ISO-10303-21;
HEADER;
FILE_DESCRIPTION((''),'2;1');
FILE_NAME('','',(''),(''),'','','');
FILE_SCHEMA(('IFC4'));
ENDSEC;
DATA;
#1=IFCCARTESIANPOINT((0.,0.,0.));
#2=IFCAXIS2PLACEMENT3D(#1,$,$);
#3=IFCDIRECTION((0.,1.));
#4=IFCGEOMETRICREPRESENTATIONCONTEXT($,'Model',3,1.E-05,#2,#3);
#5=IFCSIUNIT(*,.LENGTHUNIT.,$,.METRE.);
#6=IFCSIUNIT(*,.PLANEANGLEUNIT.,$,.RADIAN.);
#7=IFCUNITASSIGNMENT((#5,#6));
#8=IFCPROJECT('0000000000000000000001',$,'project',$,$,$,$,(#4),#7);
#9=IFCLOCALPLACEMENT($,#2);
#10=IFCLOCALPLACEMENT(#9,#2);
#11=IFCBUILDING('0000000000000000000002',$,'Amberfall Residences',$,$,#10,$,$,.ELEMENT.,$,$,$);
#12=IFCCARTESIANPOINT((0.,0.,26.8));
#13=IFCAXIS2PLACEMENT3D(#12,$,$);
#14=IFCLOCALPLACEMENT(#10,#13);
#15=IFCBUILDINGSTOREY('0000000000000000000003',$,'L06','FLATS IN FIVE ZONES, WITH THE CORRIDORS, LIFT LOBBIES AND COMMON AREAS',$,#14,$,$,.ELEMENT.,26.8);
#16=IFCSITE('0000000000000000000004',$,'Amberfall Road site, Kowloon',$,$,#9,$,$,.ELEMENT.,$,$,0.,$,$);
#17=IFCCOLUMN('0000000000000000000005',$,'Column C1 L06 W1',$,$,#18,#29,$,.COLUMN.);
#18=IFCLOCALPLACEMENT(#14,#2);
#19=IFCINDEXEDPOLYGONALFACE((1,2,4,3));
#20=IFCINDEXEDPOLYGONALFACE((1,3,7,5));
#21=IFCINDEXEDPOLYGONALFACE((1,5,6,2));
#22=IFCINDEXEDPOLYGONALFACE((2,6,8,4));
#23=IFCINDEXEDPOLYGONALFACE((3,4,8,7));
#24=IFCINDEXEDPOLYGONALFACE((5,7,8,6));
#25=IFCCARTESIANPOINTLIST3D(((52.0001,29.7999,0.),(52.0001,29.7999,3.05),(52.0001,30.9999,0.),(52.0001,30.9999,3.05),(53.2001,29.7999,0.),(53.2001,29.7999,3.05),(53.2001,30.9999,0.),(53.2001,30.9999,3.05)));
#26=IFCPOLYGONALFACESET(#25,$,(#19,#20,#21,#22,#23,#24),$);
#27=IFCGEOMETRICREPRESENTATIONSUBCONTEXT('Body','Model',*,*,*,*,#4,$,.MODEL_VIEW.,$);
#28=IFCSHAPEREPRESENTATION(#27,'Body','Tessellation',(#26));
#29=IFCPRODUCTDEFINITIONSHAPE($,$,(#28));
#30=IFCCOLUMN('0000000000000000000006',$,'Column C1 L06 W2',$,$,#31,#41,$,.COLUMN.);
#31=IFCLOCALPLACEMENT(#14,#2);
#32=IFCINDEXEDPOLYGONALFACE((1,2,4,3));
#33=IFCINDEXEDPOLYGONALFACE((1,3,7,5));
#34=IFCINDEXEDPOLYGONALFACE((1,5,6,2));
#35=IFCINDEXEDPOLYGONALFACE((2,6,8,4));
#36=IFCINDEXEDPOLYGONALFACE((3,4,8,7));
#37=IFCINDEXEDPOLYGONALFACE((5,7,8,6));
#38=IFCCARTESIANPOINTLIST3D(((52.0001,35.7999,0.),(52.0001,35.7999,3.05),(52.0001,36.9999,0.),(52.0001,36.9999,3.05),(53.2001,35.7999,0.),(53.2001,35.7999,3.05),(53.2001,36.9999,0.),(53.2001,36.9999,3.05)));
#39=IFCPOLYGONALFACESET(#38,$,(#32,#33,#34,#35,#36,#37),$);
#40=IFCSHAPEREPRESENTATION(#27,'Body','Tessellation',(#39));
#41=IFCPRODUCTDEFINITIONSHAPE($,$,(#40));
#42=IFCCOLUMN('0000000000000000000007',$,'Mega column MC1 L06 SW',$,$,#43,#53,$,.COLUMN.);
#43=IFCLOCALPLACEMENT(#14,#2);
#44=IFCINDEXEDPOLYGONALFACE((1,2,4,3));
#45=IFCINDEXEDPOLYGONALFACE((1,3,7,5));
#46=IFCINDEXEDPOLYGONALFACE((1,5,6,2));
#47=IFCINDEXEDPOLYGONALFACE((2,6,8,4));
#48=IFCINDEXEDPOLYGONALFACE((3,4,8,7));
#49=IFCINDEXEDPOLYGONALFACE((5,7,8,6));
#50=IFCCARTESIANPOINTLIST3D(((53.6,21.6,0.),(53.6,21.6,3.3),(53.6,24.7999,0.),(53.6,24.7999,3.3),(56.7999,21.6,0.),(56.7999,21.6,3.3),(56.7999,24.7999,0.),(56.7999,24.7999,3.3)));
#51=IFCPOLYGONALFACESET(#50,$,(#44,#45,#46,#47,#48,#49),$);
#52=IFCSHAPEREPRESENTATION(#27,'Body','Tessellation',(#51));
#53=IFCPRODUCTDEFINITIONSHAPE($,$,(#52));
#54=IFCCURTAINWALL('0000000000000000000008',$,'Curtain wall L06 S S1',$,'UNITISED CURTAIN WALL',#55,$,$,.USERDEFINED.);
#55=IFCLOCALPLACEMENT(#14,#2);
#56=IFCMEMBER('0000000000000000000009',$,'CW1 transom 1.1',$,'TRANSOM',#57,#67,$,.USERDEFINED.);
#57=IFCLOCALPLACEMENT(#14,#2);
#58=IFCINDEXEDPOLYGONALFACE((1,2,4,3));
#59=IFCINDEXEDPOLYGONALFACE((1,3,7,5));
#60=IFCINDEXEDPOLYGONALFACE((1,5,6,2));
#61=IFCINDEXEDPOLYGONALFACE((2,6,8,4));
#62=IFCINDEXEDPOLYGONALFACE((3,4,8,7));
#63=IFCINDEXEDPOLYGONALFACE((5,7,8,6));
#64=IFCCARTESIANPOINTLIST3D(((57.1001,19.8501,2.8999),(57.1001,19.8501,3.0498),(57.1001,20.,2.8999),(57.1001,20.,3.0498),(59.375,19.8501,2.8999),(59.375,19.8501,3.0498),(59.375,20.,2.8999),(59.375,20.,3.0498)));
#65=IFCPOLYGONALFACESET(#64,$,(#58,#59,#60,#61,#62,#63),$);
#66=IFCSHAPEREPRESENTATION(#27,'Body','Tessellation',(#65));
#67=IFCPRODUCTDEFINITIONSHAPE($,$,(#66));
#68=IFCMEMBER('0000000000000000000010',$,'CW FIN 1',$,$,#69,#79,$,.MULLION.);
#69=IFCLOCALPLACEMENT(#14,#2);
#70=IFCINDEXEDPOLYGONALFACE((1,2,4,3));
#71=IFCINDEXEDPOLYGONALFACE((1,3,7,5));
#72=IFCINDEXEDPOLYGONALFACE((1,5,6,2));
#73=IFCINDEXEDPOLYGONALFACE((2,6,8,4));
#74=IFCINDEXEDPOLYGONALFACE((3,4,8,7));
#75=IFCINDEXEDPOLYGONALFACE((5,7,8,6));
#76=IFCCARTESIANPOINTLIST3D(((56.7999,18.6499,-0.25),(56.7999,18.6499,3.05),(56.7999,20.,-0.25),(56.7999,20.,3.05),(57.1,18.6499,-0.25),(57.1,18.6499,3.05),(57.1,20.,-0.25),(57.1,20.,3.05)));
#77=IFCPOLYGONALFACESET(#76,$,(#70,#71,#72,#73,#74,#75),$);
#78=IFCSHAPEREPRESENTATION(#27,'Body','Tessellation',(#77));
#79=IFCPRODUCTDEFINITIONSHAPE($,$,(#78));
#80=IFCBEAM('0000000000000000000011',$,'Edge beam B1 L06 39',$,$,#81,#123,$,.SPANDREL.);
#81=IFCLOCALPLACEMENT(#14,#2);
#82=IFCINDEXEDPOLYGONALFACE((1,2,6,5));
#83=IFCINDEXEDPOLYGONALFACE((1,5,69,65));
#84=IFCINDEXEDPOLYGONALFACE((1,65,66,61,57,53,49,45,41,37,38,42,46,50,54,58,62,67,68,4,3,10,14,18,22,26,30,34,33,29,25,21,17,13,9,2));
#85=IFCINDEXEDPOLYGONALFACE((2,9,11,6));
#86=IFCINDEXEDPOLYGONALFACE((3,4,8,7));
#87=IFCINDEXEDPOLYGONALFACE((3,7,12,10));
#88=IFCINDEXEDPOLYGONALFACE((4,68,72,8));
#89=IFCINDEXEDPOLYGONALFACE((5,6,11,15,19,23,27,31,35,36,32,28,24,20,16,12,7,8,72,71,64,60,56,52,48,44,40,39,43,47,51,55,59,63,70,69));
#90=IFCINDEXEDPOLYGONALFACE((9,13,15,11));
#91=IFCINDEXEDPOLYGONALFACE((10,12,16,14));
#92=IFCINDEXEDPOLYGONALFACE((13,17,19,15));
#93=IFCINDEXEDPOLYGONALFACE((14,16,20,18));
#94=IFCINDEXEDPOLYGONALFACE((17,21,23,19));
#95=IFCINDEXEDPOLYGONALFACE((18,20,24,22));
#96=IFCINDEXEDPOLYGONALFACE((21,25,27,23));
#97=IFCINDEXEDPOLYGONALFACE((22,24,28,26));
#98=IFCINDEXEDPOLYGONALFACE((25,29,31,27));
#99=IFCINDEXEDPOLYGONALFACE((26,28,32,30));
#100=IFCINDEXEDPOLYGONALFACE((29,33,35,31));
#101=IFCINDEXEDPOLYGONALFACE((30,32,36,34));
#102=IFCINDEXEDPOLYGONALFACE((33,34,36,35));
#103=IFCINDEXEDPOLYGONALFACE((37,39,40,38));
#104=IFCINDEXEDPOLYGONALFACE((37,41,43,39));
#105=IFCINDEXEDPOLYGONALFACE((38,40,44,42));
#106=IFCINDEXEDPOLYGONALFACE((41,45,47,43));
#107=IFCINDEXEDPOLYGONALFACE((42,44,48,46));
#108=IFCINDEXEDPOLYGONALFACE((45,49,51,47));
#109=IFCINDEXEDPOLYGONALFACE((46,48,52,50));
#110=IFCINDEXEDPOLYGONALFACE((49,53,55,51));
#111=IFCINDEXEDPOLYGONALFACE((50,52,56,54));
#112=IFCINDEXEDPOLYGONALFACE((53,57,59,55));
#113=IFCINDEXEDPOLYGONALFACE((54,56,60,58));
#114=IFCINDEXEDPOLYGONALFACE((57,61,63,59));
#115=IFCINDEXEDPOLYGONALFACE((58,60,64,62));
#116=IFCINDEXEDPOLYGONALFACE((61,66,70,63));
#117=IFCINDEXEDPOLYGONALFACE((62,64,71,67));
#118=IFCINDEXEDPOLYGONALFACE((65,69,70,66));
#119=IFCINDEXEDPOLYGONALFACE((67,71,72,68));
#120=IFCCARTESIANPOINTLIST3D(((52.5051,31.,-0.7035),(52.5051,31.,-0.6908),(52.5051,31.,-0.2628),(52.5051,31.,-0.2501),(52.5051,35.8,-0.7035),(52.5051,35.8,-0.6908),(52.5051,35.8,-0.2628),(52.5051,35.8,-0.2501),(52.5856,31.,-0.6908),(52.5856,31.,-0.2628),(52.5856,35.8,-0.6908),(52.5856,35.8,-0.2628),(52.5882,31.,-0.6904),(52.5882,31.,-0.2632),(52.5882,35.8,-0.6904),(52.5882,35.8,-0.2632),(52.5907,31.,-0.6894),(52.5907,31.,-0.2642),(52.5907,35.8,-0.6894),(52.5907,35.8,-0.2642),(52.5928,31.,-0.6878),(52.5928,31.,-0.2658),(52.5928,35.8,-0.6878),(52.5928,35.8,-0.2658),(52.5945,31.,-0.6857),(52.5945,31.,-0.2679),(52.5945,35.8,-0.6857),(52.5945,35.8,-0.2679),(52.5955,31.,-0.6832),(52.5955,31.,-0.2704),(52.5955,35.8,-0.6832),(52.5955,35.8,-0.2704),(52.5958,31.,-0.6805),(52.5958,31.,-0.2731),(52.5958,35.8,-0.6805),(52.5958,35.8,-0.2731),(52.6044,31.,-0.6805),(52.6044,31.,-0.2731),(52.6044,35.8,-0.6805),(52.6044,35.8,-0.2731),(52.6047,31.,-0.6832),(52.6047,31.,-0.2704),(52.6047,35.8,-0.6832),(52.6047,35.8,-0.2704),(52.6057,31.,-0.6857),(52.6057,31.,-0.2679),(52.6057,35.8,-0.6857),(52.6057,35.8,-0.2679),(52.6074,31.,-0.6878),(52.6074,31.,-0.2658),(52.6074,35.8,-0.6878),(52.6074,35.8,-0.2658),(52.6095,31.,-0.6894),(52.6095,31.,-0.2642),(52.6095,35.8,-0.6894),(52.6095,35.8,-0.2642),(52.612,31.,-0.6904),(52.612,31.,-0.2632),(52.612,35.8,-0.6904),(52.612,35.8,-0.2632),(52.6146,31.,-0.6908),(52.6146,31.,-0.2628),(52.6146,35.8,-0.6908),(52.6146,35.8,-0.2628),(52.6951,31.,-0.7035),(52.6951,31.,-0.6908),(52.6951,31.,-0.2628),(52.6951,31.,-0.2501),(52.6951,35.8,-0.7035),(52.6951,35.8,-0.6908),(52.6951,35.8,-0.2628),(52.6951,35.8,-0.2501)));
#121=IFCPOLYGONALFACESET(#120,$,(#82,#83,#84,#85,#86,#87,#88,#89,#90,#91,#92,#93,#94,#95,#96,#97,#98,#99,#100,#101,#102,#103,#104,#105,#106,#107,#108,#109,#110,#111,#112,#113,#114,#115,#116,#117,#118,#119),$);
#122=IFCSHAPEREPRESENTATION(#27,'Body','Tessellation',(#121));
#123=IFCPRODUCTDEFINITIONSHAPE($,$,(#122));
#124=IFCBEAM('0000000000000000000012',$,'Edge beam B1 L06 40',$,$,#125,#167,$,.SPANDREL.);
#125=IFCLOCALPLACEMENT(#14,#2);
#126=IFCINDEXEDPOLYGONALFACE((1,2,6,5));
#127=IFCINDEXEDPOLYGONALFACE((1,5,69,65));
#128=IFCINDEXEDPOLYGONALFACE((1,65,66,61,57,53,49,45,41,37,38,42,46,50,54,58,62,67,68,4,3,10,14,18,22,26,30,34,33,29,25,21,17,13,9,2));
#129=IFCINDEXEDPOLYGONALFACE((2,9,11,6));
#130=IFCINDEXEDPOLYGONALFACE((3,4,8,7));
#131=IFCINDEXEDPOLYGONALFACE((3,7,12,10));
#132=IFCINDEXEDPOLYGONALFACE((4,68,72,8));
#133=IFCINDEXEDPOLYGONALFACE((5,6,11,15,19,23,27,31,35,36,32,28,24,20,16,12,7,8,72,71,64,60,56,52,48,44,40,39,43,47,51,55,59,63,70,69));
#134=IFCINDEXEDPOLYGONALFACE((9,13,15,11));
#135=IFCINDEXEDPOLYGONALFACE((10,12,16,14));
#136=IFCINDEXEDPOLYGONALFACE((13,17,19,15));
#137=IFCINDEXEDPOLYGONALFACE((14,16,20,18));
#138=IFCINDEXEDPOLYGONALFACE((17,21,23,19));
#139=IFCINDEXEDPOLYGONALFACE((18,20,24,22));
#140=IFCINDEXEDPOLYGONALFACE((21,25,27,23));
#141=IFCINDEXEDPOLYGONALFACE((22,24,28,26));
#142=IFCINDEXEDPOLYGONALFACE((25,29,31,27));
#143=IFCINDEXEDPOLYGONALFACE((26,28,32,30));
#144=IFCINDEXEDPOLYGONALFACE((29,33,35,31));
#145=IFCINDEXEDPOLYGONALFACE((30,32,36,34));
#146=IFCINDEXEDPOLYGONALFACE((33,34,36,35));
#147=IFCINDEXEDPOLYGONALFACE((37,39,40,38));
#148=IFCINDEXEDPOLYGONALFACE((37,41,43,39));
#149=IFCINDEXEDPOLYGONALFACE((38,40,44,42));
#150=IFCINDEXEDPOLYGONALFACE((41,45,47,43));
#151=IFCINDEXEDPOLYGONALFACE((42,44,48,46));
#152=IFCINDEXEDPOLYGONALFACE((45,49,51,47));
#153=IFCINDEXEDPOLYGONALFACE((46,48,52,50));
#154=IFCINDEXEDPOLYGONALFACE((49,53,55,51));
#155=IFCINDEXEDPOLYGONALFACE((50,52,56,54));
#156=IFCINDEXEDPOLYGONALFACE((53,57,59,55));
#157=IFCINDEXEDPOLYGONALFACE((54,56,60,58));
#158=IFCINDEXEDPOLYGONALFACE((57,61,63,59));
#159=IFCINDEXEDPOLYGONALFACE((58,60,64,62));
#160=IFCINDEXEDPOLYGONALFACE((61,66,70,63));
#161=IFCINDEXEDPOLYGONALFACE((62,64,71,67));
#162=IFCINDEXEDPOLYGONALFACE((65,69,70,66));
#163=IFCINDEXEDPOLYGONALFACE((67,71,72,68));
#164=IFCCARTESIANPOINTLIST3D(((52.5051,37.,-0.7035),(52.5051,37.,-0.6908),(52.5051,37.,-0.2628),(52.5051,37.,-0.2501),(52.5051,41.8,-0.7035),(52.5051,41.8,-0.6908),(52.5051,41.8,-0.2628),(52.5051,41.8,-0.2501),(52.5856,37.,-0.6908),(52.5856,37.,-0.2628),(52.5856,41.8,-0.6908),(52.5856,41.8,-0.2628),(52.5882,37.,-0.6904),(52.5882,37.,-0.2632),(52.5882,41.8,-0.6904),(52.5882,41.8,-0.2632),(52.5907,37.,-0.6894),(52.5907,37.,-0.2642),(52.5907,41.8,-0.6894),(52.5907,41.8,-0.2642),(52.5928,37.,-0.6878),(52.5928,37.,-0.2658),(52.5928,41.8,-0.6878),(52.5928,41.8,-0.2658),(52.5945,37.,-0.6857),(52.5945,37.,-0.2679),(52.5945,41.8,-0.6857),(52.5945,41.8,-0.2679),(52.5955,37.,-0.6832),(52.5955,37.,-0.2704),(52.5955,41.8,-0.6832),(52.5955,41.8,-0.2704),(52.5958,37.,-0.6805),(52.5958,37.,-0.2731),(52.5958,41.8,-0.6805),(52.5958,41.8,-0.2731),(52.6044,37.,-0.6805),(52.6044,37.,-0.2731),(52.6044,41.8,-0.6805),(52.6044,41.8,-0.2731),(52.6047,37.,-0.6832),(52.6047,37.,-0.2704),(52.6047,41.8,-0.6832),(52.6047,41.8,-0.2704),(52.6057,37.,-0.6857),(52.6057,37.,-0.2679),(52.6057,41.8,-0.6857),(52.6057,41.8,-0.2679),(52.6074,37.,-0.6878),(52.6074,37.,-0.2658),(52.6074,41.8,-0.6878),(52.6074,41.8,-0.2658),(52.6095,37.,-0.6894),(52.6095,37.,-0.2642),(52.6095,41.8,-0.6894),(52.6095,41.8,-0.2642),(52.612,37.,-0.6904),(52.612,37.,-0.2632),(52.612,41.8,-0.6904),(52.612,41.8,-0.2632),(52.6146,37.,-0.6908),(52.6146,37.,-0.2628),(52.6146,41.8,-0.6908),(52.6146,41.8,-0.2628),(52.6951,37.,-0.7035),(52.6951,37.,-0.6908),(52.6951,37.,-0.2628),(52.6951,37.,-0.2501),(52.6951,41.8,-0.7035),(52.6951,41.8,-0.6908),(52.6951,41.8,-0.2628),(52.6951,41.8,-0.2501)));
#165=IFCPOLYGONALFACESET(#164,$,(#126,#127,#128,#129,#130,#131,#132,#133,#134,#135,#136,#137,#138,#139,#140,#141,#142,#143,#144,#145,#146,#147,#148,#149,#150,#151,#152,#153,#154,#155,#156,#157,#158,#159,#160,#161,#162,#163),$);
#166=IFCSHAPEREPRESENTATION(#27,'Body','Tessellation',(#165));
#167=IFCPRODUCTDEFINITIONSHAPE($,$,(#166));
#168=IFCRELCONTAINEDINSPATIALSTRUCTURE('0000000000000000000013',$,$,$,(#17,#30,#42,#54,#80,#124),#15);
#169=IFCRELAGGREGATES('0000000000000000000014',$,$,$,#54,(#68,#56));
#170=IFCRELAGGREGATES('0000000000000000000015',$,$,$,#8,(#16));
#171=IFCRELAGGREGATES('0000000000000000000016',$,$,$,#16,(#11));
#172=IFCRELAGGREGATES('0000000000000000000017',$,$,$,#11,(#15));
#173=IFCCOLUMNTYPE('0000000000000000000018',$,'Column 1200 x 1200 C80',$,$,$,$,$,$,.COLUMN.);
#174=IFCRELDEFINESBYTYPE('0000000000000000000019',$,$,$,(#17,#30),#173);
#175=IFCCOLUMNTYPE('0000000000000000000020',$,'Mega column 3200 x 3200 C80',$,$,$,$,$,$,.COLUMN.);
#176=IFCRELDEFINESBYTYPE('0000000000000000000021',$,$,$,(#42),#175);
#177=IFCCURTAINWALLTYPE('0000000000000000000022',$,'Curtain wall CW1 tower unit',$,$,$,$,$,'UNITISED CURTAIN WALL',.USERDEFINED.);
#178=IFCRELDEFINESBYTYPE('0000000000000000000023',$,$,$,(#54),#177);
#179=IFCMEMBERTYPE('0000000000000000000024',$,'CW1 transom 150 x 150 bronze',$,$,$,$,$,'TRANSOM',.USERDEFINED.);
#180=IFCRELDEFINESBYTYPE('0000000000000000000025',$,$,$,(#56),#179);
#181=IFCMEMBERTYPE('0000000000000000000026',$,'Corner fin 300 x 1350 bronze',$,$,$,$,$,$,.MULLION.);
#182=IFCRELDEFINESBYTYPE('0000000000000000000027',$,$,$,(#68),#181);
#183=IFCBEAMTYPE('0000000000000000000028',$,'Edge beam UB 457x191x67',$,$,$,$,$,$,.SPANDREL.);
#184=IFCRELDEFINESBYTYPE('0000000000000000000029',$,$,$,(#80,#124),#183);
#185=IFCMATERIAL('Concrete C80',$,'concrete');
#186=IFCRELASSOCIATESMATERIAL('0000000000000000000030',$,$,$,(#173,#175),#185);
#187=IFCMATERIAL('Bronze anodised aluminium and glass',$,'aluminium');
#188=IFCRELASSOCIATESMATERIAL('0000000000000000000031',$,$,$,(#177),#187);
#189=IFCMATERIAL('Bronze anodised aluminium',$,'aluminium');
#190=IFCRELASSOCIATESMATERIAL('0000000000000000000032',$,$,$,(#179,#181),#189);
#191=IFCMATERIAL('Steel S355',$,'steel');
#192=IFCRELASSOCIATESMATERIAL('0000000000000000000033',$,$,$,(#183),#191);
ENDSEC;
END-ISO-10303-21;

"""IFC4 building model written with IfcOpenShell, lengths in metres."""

from ifc_helpers import new_model, si_unit, direction, frame, origin, origin_2d, place, context, subcontext, project, spatial, rectangle, i_section, extrude, material, material_profile, profile_set, type_object, element, aggregate, save


model = new_model("IFC4")

# Units and contexts
model_context = context("Model", 3, precision=1e-05, world=origin(), true_north=direction((0.0, 1.0)))
body_context = subcontext(model_context, "Body", "Model", "MODEL_VIEW")
ifc_project = project(units=[si_unit("LENGTHUNIT", "METRE"), si_unit("PLANEANGLEUNIT", "RADIAN")], contexts=[model_context])

# Site, building, storey
site_placement = place(None, origin())
site = spatial("IfcSite", under=ifc_project, at=site_placement, Name="Amberfall Road site, Kowloon", CompositionType="ELEMENT", RefElevation=0.0)
building_placement = place(site_placement, origin())
building = spatial("IfcBuilding", under=site, at=building_placement, Name="Amberfall Residences", CompositionType="ELEMENT")
storey_placement = place(building_placement, frame((0.0, 0.0, 26.8)))
storey = spatial("IfcBuildingStorey", under=building, at=storey_placement, Name="L06", Description="FLATS IN FIVE ZONES, WITH THE CORRIDORS, LIFT LOBBIES AND COMMON AREAS", CompositionType="ELEMENT", Elevation=26.8)

# Columns
ifc_material_1 = material(Name="Concrete C80", Category="concrete")
ifc_material_profile_1 = material_profile(ifc_material_1, rectangle(XDim=1.2, YDim=1.2, at=origin_2d()), Name="Column 1200 x 1200 C80")
ifc_profile_set_1 = profile_set([ifc_material_profile_1], Name="Concrete C80")
column_type_1 = type_object("IfcColumnType", Name="Column 1200 x 1200 C80", PredefinedType="COLUMN", material=ifc_profile_set_1)
for number, where, z_axis, x_axis, name in (
    (1, (52.6001, 30.3999, 0.0), (0.0, 0.0, 1.0), (1.0, 0.0, 0.0), "Column C1 L06 W1"),
    (2, (52.6001, 36.3999, 0.0), (0.0, 0.0, 1.0), (1.0, 0.0, 0.0), "Column C1 L06 W2"),
):
    element("IfcColumn", number, at=place(storey_placement, frame(where, z_axis=z_axis, x_axis=x_axis)), inside=storey, type_object=column_type_1, Name=name, PredefinedType="COLUMN", context=body_context, shape_type="SweptSolid", body=[
        extrude(rectangle(XDim=1.2, YDim=1.2, at=origin_2d()), origin(), (0.0, 0.0, 1.0), 3.05),
    ])
ifc_material_profile_2 = material_profile(ifc_material_1, rectangle(XDim=3.2, YDim=3.2, at=origin_2d()), Name="Mega column 3200 x 3200 C80")
ifc_profile_set_2 = profile_set([ifc_material_profile_2], Name="Concrete C80")
column_type_2 = type_object("IfcColumnType", Name="Mega column 3200 x 3200 C80", PredefinedType="COLUMN", material=ifc_profile_set_2)
column_placement = place(storey_placement, frame((55.2, 23.2, 0.0), z_axis=(0.0, 0.0, 1.0), x_axis=(1.0, 0.0, 0.0)))
element("IfcColumn", 3, at=column_placement, inside=storey, type_object=column_type_2, Name="Mega column MC1 L06 SW", PredefinedType="COLUMN", context=body_context, shape_type="SweptSolid", body=[
    extrude(rectangle(XDim=3.2, YDim=3.2, at=origin_2d()), origin(), (0.0, 0.0, 1.0), 3.3),
])

# Curtain wall, members
ifc_material_2 = material(Name="Bronze anodised aluminium and glass", Category="aluminium")
curtain_wall_type = type_object("IfcCurtainWallType", Name="Curtain wall CW1 tower unit", ElementType="UNITISED CURTAIN WALL", PredefinedType="USERDEFINED", material=ifc_material_2)
curtain_wall_placement = place(storey_placement, origin())
curtain_wall = element("IfcCurtainWall", 4, at=curtain_wall_placement, inside=storey, type_object=curtain_wall_type, Name="Curtain wall L06 S S1", ObjectType="UNITISED CURTAIN WALL", PredefinedType="USERDEFINED")
ifc_material_3 = material(Name="Bronze anodised aluminium", Category="aluminium")
ifc_material_profile_3 = material_profile(ifc_material_3, rectangle(XDim=0.1499, YDim=0.1499, at=origin_2d()), Name="CW1 transom 150 x 150 bronze")
ifc_profile_set_3 = profile_set([ifc_material_profile_3], Name="Bronze anodised aluminium")
member_type_1 = type_object("IfcMemberType", Name="CW1 transom 150 x 150 bronze", ElementType="TRANSOM", PredefinedType="USERDEFINED", material=ifc_profile_set_3)
member_1_placement = place(storey_placement, frame((57.1001, 19.925, 2.9749), z_axis=(1.0, 0.0, 0.0), x_axis=(0.0, 1.0, 0.0)))
member_1 = element("IfcMember", 5, at=member_1_placement, type_object=member_type_1, Name="CW1 transom 1.1", ObjectType="TRANSOM", PredefinedType="USERDEFINED", context=body_context, shape_type="SweptSolid", body=[
    extrude(rectangle(XDim=0.1499, YDim=0.1499, at=origin_2d()), origin(), (0.0, 0.0, 1.0), 2.2749),
])
ifc_material_profile_4 = material_profile(ifc_material_3, rectangle(XDim=1.3501, YDim=0.3, at=origin_2d()), Name="Corner fin 300 x 1350 bronze")
ifc_profile_set_4 = profile_set([ifc_material_profile_4], Name="Bronze anodised aluminium")
member_type_2 = type_object("IfcMemberType", Name="Corner fin 300 x 1350 bronze", PredefinedType="MULLION", material=ifc_profile_set_4)
member_2_placement = place(storey_placement, frame((56.95, 19.325, -0.25), z_axis=(0.0, 0.0, 1.0), x_axis=(0.0, 1.0, 0.0)))
member_2 = element("IfcMember", 6, at=member_2_placement, type_object=member_type_2, Name="CW FIN 1", PredefinedType="MULLION", context=body_context, shape_type="SweptSolid", body=[
    extrude(rectangle(XDim=1.3501, YDim=0.3, at=origin_2d()), origin(), (0.0, 0.0, 1.0), 3.3),
])

# Beams
ifc_material_4 = material(Name="Steel S355", Category="steel")
ifc_material_profile_5 = material_profile(ifc_material_4, i_section(OverallWidth=0.1899, OverallDepth=0.4534, WebThickness=0.0085, FlangeThickness=0.0127, FilletRadius=0.0103, at=origin_2d()), Name="UB 457x191x67")
ifc_profile_set_5 = profile_set([ifc_material_profile_5], Name="Steel S355")
beam_type_1 = type_object("IfcBeamType", Name="Edge beam UB 457x191x67", PredefinedType="SPANDREL", material=ifc_profile_set_5)
for number, where, z_axis, x_axis, name in (
    (7, (52.6001, 31.0, -0.4768), (0.0, 1.0, 0.0), (-1.0, 0.0, 0.0), "Edge beam B1 L06 39"),
    (8, (52.6001, 37.0, -0.4768), (0.0, 1.0, 0.0), (-1.0, 0.0, 0.0), "Edge beam B1 L06 40"),
):
    element("IfcBeam", number, at=place(storey_placement, frame(where, z_axis=z_axis, x_axis=x_axis)), inside=storey, type_object=beam_type_1, Name=name, PredefinedType="SPANDREL", context=body_context, shape_type="SweptSolid", body=[
        extrude(i_section(OverallWidth=0.1899, OverallDepth=0.4534, WebThickness=0.0085, FlangeThickness=0.0127, FilletRadius=0.0103, at=origin_2d()), origin(), (0.0, 0.0, 1.0), 4.8),
    ])

aggregate(curtain_wall, [member_2, member_1])

save(model, "model.ifc")
